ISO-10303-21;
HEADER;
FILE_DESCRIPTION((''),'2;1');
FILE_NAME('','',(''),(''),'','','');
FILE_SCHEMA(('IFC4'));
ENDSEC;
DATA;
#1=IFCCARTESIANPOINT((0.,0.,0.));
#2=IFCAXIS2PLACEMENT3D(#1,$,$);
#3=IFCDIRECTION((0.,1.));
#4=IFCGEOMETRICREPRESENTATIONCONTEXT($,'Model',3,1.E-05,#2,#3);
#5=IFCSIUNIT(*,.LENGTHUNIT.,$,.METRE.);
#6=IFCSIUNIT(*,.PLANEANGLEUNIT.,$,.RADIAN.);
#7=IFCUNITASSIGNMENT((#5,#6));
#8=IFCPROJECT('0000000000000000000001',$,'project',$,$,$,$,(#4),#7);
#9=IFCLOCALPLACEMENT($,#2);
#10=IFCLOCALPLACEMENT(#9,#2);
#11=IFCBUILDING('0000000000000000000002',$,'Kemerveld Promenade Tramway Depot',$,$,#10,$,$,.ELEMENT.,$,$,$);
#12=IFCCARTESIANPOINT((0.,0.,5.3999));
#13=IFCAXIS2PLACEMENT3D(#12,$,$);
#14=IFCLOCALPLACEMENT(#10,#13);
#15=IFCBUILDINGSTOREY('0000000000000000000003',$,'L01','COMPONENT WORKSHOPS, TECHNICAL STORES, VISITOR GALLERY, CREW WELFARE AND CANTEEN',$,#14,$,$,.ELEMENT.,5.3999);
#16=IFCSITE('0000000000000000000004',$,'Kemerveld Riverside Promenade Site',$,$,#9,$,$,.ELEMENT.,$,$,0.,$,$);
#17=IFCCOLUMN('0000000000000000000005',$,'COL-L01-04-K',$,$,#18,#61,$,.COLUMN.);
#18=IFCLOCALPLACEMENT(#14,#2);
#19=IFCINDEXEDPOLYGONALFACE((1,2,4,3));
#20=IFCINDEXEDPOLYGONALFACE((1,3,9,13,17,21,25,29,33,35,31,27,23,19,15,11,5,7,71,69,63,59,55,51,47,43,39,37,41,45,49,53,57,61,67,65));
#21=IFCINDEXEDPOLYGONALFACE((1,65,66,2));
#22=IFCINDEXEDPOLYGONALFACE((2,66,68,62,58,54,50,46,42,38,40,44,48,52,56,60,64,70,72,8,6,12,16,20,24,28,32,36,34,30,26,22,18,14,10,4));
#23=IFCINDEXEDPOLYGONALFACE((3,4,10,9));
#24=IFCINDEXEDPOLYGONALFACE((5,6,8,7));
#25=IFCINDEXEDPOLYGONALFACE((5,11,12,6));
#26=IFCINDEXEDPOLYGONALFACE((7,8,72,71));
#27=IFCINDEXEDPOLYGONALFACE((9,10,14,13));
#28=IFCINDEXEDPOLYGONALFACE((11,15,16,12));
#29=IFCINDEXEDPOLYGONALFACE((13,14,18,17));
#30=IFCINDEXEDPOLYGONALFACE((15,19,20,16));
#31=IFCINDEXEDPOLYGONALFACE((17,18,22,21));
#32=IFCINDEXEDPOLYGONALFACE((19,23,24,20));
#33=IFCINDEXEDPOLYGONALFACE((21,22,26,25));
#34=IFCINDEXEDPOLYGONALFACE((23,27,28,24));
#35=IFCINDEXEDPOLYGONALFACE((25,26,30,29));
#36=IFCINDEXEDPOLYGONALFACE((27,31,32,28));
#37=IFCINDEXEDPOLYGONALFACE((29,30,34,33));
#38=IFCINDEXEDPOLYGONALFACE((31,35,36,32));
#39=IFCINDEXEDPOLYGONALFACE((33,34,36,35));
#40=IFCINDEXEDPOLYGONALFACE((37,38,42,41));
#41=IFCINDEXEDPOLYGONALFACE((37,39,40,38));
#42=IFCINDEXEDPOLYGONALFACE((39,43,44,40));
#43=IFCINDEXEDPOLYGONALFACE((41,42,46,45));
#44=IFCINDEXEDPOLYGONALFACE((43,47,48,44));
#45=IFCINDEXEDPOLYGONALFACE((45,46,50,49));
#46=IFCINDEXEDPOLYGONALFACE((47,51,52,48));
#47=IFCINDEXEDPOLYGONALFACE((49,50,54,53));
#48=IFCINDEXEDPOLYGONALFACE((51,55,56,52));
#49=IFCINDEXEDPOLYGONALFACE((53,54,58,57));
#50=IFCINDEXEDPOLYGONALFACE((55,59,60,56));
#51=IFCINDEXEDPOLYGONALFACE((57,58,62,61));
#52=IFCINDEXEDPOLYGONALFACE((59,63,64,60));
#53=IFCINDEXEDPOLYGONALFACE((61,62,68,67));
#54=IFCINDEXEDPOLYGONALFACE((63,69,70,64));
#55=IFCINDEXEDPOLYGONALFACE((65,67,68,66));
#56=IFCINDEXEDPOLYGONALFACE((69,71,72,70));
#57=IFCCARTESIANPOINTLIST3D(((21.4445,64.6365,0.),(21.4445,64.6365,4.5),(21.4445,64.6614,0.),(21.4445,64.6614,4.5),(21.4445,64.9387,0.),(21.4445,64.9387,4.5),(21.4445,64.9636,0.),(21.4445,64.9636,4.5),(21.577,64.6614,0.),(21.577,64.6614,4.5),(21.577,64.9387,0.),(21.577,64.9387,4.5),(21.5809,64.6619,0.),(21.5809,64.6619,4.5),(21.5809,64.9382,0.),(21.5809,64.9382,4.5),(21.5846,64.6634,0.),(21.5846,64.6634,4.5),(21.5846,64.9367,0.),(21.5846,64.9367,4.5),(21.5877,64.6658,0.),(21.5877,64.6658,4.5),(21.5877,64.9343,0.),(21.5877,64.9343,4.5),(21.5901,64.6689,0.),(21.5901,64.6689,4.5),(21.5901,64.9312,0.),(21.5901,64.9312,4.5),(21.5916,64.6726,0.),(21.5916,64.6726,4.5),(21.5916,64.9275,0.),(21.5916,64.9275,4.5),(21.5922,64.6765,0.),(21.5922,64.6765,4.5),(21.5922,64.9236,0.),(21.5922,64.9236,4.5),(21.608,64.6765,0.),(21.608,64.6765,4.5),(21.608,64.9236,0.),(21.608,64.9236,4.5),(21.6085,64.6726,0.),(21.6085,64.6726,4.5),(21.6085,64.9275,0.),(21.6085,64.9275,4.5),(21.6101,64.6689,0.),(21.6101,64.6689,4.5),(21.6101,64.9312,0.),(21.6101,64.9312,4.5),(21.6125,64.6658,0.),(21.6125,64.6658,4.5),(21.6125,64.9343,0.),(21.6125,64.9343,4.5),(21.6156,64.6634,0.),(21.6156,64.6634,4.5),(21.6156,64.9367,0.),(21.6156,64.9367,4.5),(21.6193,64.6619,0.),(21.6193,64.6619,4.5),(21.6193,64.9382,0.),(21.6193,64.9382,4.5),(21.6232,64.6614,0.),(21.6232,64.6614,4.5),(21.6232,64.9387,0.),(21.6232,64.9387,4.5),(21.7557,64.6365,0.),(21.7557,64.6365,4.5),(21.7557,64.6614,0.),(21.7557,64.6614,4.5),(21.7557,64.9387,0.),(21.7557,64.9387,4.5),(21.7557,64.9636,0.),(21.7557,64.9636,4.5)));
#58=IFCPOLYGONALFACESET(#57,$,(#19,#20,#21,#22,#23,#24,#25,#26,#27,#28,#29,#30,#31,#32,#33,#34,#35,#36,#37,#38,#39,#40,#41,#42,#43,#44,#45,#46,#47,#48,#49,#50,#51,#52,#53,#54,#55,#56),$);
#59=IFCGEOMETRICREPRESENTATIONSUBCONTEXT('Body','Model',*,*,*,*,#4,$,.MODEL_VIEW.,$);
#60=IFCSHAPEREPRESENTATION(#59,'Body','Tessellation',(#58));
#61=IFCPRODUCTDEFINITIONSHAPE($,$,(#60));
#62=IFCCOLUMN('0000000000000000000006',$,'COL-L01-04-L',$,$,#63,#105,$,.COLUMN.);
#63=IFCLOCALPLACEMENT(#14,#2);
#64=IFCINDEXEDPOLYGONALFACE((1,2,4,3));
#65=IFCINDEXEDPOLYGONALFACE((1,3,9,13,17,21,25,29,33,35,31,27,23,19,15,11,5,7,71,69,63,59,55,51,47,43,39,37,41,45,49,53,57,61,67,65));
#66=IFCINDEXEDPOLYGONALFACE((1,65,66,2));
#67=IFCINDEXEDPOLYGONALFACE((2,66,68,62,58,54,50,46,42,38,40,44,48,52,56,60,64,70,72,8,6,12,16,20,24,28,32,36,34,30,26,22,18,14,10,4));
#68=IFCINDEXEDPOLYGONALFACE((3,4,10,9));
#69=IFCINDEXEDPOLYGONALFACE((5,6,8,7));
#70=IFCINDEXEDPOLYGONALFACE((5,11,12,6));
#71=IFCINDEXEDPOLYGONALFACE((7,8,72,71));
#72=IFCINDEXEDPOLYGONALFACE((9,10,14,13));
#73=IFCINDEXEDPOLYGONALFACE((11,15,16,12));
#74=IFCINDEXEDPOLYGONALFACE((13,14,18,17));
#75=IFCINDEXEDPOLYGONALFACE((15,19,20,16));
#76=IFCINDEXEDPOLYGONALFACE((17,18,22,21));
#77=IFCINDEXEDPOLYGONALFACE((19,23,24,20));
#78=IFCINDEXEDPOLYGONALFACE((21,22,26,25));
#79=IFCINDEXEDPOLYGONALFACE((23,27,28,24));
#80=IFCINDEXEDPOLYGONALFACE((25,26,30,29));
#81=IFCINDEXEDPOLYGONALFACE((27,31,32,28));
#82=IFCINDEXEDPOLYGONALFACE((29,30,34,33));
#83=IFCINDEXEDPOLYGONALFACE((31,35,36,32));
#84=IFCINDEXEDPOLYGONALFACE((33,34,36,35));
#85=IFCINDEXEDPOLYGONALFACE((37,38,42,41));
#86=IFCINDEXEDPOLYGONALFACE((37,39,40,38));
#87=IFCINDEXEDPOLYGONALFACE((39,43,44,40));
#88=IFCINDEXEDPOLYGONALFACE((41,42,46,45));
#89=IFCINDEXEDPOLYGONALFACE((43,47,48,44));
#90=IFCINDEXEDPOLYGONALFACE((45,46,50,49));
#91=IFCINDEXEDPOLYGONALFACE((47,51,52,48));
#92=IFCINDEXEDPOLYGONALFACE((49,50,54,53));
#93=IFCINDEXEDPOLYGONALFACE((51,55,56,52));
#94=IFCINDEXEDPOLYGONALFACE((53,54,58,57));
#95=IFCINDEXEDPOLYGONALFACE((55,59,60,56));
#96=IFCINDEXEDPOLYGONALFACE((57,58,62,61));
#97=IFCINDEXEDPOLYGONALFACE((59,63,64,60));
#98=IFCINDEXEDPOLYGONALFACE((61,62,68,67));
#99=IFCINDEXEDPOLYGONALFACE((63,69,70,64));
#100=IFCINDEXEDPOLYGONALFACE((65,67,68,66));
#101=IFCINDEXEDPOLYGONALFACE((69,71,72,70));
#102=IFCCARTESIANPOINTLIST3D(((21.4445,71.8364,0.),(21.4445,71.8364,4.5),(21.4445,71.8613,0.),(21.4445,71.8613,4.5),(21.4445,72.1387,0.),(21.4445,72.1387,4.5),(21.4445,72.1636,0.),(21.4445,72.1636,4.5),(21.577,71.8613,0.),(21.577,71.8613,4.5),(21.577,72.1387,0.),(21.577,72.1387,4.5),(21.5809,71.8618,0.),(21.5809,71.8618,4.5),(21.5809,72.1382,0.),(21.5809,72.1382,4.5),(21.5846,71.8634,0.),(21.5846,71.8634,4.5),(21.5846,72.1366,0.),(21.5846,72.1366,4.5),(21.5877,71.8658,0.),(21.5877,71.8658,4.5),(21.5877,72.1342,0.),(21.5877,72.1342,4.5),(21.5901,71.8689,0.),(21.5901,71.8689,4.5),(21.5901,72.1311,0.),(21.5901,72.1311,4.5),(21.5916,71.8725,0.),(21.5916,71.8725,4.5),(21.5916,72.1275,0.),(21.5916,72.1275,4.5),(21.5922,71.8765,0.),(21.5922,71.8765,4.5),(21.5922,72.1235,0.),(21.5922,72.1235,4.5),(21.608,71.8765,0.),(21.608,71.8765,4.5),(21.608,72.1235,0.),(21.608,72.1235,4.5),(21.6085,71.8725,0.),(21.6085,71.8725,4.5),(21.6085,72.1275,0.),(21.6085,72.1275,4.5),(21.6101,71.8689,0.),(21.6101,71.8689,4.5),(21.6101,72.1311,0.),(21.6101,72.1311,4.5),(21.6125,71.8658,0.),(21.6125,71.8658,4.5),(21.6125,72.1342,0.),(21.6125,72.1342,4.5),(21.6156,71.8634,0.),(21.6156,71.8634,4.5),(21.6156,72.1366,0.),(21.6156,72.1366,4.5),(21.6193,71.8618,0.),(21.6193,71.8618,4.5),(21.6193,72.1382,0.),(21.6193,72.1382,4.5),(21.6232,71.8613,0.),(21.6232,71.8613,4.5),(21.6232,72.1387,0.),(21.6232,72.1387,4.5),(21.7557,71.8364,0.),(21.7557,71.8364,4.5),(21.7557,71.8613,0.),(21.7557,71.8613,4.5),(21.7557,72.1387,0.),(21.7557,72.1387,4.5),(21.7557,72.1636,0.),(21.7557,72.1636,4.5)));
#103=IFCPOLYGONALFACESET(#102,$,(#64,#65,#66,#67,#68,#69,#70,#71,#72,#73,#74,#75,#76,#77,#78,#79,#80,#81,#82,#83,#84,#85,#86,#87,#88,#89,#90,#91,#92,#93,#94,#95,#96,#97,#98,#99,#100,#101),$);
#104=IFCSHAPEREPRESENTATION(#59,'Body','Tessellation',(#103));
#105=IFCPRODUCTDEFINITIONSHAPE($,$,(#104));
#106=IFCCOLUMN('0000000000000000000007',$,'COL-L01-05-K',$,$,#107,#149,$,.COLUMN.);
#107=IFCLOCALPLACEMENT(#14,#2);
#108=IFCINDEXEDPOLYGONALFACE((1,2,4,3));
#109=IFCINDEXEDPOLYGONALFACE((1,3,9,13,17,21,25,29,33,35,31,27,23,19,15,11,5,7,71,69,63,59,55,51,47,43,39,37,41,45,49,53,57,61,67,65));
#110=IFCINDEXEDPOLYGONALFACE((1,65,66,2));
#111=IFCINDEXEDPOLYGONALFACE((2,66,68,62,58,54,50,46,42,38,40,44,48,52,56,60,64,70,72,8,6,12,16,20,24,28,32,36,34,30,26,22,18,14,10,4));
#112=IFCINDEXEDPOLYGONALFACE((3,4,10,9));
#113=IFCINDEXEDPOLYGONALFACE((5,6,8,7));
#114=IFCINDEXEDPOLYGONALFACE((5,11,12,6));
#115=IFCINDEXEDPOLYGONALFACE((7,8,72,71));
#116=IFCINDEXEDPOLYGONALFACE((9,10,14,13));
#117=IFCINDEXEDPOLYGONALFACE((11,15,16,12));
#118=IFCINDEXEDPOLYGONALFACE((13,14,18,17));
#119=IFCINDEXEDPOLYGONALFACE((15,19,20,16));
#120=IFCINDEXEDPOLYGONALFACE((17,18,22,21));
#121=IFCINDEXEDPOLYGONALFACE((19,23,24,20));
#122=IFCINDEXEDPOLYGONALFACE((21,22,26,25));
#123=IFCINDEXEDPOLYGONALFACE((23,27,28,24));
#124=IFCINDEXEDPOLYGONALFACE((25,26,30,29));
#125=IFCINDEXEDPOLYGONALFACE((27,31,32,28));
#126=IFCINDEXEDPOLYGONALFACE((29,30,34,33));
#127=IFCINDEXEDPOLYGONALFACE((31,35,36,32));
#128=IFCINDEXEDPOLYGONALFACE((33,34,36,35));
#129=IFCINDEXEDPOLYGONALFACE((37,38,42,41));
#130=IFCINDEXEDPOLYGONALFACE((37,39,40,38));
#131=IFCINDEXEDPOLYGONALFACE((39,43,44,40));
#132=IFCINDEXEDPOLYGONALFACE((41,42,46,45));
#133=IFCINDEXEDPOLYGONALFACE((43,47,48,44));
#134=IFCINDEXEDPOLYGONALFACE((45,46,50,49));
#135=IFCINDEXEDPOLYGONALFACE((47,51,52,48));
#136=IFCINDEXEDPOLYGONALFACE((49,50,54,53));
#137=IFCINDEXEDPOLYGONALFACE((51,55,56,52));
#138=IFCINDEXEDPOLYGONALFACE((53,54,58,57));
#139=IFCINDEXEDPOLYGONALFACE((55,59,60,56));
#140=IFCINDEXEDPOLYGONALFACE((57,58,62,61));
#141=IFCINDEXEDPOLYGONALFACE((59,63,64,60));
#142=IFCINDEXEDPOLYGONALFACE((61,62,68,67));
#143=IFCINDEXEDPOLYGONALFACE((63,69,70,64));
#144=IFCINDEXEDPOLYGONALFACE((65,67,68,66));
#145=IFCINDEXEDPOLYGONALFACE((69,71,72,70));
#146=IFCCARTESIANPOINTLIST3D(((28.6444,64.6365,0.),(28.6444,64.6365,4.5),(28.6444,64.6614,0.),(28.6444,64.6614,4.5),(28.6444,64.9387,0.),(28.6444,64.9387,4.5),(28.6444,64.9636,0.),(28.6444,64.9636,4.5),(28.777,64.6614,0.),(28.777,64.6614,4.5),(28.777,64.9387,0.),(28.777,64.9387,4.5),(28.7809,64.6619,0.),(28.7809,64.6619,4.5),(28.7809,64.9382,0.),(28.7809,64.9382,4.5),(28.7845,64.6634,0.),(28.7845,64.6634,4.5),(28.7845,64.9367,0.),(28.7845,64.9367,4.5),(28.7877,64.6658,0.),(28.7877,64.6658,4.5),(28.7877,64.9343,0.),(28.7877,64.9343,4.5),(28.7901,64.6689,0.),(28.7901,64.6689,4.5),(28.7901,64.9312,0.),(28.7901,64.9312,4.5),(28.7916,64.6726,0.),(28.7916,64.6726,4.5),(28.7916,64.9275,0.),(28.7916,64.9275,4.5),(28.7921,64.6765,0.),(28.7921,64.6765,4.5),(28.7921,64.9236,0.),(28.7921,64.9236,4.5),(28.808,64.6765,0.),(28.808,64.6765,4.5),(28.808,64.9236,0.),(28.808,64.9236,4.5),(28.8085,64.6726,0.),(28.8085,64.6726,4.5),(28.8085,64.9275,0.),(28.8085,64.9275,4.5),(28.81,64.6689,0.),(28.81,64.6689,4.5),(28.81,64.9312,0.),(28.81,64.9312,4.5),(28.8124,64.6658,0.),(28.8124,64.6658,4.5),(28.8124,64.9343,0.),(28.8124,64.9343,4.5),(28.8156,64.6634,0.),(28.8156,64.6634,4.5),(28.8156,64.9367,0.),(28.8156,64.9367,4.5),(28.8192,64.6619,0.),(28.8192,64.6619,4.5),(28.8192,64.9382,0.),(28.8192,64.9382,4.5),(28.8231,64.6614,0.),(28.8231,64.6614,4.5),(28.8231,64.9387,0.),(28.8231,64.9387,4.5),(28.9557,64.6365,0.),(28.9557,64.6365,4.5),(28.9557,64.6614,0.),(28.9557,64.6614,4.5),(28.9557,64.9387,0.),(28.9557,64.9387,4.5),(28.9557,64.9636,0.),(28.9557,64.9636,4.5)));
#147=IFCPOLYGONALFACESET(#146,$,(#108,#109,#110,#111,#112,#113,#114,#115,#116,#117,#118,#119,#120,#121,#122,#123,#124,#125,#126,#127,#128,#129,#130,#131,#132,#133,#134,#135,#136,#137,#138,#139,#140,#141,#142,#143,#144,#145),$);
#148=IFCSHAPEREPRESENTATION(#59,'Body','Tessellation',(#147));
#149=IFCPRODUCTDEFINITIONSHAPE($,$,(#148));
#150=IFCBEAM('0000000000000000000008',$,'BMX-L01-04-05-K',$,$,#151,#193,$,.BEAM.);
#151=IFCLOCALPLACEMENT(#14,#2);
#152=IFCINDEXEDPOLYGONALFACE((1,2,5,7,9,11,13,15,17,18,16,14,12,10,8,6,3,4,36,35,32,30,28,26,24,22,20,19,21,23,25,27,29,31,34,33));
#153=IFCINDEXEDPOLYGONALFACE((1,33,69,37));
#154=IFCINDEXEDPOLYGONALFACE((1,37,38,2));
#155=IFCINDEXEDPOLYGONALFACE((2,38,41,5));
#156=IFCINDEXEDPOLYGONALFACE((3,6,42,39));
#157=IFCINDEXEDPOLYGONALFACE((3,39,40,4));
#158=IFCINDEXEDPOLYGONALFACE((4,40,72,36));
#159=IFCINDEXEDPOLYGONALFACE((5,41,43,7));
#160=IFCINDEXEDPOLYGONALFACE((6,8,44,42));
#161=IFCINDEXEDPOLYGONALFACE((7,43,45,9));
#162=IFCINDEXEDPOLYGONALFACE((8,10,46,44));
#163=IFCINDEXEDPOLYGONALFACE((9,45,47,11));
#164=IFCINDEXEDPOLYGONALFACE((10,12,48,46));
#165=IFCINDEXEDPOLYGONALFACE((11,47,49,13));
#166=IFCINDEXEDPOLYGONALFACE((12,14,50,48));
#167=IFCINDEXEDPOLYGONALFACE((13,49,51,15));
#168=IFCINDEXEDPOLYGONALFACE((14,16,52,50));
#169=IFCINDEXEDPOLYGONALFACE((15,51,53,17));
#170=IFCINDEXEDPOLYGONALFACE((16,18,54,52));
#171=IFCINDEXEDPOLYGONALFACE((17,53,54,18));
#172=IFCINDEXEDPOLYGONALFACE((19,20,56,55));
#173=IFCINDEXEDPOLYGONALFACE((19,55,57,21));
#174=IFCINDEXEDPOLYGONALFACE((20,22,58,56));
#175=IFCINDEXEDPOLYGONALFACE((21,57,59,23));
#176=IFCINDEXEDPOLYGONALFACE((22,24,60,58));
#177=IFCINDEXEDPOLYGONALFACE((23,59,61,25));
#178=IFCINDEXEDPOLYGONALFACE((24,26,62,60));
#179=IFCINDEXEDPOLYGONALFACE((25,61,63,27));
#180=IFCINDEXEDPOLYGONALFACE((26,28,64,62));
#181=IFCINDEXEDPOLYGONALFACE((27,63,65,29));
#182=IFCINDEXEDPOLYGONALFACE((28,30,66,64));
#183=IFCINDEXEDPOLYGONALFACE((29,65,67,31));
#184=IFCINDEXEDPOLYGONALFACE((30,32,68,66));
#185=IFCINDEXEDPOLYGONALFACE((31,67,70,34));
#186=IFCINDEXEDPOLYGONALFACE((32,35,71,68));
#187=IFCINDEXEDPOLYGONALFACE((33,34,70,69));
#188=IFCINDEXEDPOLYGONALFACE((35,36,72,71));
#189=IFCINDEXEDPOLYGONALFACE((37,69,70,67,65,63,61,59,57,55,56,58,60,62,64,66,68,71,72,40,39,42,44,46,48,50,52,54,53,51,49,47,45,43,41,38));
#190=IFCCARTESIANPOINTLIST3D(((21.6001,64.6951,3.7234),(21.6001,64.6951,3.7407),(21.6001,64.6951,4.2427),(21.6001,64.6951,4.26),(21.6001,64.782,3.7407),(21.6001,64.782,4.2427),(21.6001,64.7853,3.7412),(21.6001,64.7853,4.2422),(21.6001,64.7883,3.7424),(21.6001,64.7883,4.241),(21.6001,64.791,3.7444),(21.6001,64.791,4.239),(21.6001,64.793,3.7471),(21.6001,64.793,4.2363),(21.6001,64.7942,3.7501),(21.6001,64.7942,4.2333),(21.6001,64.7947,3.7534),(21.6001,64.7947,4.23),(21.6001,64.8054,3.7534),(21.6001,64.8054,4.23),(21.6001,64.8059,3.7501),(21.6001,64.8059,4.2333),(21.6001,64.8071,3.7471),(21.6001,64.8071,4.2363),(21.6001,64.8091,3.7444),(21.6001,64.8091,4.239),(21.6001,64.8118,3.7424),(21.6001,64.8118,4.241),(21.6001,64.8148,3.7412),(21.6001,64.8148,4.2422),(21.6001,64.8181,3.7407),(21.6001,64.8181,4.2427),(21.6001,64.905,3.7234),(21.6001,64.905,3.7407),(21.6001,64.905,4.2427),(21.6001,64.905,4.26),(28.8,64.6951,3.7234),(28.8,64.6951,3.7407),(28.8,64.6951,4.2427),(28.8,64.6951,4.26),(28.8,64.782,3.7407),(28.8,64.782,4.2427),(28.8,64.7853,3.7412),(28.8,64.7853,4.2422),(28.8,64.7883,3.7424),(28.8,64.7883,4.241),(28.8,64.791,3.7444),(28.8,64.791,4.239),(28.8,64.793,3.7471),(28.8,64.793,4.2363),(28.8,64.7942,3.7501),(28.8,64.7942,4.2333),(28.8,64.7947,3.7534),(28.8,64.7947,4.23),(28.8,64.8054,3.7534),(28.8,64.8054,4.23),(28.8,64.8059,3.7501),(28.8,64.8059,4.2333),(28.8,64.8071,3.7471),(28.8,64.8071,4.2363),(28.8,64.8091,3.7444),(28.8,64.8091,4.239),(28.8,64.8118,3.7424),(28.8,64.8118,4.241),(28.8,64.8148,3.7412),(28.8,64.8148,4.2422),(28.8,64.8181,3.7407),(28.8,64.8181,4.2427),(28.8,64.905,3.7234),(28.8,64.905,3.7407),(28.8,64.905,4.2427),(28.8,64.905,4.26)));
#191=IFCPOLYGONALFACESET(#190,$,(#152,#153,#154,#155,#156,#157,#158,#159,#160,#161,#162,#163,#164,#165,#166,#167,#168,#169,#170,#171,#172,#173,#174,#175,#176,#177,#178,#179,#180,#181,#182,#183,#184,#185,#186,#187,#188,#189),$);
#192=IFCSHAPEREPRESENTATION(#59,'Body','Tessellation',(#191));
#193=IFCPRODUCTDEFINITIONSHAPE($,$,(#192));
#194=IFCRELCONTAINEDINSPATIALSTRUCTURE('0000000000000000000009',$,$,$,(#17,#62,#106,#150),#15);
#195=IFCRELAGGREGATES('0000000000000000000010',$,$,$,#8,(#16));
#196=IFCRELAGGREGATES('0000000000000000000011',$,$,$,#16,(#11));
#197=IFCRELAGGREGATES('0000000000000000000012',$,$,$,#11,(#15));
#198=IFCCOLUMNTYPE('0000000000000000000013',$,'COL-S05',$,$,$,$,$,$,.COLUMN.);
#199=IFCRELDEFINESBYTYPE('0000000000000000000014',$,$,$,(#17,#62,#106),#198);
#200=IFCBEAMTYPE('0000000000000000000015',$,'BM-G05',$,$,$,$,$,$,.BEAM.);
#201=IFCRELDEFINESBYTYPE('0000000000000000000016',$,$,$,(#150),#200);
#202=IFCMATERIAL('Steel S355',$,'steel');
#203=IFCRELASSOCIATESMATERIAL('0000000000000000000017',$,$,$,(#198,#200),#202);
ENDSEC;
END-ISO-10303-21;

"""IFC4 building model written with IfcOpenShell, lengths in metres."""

from ifc_helpers import new_model, si_unit, direction, frame, origin, origin_2d, place, context, subcontext, project, spatial, i_section, extrude, material, material_profile, profile_set, type_object, element, save


model = new_model("IFC4")

# Units and contexts
model_context = context("Model", 3, precision=1e-05, world=origin(), true_north=direction((0.0, 1.0)))
body_context = subcontext(model_context, "Body", "Model", "MODEL_VIEW")
ifc_project = project(units=[si_unit("LENGTHUNIT", "METRE"), si_unit("PLANEANGLEUNIT", "RADIAN")], contexts=[model_context])

# Site, building, storey
site_placement = place(None, origin())
site = spatial("IfcSite", under=ifc_project, at=site_placement, Name="Kemerveld Riverside Promenade Site", CompositionType="ELEMENT", RefElevation=0.0)
building_placement = place(site_placement, origin())
building = spatial("IfcBuilding", under=site, at=building_placement, Name="Kemerveld Promenade Tramway Depot", CompositionType="ELEMENT")
storey_placement = place(building_placement, frame((0.0, 0.0, 5.3999)))
storey = spatial("IfcBuildingStorey", under=building, at=storey_placement, Name="L01", Description="COMPONENT WORKSHOPS, TECHNICAL STORES, VISITOR GALLERY, CREW WELFARE AND CANTEEN", CompositionType="ELEMENT", Elevation=5.3999)

# Columns
ifc_material_1 = material(Name="Steel S355", Category="steel")
ifc_material_profile_1 = material_profile(ifc_material_1, i_section(OverallWidth=0.3113, OverallDepth=0.3271, WebThickness=0.0159, FlangeThickness=0.0249, FilletRadius=0.0151, at=origin_2d()), Name="305x305x158 UC")
ifc_profile_set_1 = profile_set([ifc_material_profile_1], Name="Steel S355")
column_type = type_object("IfcColumnType", Name="COL-S05", PredefinedType="COLUMN", material=ifc_profile_set_1)
for number, where, z_axis, x_axis, name in (
    (1, (21.6001, 64.8, 0.0), (0.0, 0.0, 1.0), (1.0, 0.0, 0.0), "COL-L01-04-K"),
    (2, (21.6001, 72.0, 0.0), (0.0, 0.0, 1.0), (1.0, 0.0, 0.0), "COL-L01-04-L"),
    (3, (28.8, 64.8, 0.0), (0.0, 0.0, 1.0), (1.0, 0.0, 0.0), "COL-L01-05-K"),
):
    element("IfcColumn", number, at=place(storey_placement, frame(where, z_axis=z_axis, x_axis=x_axis)), inside=storey, type_object=column_type, Name=name, PredefinedType="COLUMN", context=body_context, shape_type="SweptSolid", body=[
        extrude(i_section(OverallWidth=0.3113, OverallDepth=0.3271, WebThickness=0.0159, FlangeThickness=0.0249, FilletRadius=0.0151, at=origin_2d()), origin(), (0.0, 0.0, 1.0), 4.5),
    ])

# Beam
ifc_material_profile_2 = material_profile(ifc_material_1, i_section(OverallWidth=0.21, OverallDepth=0.5366, WebThickness=0.0107, FlangeThickness=0.0173, FilletRadius=0.0127, at=origin_2d()), Name="533x210x101 UB")
ifc_profile_set_2 = profile_set([ifc_material_profile_2], Name="Steel S355")
beam_type_1 = type_object("IfcBeamType", Name="BM-G05", PredefinedType="BEAM", material=ifc_profile_set_2)
for number, where, z_axis, x_axis, name in (
    (4, (21.6001, 64.8, 3.9917), (1.0, 0.0, 0.0), (0.0, 1.0, 0.0), "BMX-L01-04-05-K"),
):
    element("IfcBeam", number, at=place(storey_placement, frame(where, z_axis=z_axis, x_axis=x_axis)), inside=storey, type_object=beam_type_1, Name=name, PredefinedType="BEAM", context=body_context, shape_type="SweptSolid", body=[
        extrude(i_section(OverallWidth=0.21, OverallDepth=0.5366, WebThickness=0.0107, FlangeThickness=0.0173, FilletRadius=0.0127, at=origin_2d()), origin(), (0.0, 0.0, 1.0), 7.2),
    ])

save(model, "model.ifc")
